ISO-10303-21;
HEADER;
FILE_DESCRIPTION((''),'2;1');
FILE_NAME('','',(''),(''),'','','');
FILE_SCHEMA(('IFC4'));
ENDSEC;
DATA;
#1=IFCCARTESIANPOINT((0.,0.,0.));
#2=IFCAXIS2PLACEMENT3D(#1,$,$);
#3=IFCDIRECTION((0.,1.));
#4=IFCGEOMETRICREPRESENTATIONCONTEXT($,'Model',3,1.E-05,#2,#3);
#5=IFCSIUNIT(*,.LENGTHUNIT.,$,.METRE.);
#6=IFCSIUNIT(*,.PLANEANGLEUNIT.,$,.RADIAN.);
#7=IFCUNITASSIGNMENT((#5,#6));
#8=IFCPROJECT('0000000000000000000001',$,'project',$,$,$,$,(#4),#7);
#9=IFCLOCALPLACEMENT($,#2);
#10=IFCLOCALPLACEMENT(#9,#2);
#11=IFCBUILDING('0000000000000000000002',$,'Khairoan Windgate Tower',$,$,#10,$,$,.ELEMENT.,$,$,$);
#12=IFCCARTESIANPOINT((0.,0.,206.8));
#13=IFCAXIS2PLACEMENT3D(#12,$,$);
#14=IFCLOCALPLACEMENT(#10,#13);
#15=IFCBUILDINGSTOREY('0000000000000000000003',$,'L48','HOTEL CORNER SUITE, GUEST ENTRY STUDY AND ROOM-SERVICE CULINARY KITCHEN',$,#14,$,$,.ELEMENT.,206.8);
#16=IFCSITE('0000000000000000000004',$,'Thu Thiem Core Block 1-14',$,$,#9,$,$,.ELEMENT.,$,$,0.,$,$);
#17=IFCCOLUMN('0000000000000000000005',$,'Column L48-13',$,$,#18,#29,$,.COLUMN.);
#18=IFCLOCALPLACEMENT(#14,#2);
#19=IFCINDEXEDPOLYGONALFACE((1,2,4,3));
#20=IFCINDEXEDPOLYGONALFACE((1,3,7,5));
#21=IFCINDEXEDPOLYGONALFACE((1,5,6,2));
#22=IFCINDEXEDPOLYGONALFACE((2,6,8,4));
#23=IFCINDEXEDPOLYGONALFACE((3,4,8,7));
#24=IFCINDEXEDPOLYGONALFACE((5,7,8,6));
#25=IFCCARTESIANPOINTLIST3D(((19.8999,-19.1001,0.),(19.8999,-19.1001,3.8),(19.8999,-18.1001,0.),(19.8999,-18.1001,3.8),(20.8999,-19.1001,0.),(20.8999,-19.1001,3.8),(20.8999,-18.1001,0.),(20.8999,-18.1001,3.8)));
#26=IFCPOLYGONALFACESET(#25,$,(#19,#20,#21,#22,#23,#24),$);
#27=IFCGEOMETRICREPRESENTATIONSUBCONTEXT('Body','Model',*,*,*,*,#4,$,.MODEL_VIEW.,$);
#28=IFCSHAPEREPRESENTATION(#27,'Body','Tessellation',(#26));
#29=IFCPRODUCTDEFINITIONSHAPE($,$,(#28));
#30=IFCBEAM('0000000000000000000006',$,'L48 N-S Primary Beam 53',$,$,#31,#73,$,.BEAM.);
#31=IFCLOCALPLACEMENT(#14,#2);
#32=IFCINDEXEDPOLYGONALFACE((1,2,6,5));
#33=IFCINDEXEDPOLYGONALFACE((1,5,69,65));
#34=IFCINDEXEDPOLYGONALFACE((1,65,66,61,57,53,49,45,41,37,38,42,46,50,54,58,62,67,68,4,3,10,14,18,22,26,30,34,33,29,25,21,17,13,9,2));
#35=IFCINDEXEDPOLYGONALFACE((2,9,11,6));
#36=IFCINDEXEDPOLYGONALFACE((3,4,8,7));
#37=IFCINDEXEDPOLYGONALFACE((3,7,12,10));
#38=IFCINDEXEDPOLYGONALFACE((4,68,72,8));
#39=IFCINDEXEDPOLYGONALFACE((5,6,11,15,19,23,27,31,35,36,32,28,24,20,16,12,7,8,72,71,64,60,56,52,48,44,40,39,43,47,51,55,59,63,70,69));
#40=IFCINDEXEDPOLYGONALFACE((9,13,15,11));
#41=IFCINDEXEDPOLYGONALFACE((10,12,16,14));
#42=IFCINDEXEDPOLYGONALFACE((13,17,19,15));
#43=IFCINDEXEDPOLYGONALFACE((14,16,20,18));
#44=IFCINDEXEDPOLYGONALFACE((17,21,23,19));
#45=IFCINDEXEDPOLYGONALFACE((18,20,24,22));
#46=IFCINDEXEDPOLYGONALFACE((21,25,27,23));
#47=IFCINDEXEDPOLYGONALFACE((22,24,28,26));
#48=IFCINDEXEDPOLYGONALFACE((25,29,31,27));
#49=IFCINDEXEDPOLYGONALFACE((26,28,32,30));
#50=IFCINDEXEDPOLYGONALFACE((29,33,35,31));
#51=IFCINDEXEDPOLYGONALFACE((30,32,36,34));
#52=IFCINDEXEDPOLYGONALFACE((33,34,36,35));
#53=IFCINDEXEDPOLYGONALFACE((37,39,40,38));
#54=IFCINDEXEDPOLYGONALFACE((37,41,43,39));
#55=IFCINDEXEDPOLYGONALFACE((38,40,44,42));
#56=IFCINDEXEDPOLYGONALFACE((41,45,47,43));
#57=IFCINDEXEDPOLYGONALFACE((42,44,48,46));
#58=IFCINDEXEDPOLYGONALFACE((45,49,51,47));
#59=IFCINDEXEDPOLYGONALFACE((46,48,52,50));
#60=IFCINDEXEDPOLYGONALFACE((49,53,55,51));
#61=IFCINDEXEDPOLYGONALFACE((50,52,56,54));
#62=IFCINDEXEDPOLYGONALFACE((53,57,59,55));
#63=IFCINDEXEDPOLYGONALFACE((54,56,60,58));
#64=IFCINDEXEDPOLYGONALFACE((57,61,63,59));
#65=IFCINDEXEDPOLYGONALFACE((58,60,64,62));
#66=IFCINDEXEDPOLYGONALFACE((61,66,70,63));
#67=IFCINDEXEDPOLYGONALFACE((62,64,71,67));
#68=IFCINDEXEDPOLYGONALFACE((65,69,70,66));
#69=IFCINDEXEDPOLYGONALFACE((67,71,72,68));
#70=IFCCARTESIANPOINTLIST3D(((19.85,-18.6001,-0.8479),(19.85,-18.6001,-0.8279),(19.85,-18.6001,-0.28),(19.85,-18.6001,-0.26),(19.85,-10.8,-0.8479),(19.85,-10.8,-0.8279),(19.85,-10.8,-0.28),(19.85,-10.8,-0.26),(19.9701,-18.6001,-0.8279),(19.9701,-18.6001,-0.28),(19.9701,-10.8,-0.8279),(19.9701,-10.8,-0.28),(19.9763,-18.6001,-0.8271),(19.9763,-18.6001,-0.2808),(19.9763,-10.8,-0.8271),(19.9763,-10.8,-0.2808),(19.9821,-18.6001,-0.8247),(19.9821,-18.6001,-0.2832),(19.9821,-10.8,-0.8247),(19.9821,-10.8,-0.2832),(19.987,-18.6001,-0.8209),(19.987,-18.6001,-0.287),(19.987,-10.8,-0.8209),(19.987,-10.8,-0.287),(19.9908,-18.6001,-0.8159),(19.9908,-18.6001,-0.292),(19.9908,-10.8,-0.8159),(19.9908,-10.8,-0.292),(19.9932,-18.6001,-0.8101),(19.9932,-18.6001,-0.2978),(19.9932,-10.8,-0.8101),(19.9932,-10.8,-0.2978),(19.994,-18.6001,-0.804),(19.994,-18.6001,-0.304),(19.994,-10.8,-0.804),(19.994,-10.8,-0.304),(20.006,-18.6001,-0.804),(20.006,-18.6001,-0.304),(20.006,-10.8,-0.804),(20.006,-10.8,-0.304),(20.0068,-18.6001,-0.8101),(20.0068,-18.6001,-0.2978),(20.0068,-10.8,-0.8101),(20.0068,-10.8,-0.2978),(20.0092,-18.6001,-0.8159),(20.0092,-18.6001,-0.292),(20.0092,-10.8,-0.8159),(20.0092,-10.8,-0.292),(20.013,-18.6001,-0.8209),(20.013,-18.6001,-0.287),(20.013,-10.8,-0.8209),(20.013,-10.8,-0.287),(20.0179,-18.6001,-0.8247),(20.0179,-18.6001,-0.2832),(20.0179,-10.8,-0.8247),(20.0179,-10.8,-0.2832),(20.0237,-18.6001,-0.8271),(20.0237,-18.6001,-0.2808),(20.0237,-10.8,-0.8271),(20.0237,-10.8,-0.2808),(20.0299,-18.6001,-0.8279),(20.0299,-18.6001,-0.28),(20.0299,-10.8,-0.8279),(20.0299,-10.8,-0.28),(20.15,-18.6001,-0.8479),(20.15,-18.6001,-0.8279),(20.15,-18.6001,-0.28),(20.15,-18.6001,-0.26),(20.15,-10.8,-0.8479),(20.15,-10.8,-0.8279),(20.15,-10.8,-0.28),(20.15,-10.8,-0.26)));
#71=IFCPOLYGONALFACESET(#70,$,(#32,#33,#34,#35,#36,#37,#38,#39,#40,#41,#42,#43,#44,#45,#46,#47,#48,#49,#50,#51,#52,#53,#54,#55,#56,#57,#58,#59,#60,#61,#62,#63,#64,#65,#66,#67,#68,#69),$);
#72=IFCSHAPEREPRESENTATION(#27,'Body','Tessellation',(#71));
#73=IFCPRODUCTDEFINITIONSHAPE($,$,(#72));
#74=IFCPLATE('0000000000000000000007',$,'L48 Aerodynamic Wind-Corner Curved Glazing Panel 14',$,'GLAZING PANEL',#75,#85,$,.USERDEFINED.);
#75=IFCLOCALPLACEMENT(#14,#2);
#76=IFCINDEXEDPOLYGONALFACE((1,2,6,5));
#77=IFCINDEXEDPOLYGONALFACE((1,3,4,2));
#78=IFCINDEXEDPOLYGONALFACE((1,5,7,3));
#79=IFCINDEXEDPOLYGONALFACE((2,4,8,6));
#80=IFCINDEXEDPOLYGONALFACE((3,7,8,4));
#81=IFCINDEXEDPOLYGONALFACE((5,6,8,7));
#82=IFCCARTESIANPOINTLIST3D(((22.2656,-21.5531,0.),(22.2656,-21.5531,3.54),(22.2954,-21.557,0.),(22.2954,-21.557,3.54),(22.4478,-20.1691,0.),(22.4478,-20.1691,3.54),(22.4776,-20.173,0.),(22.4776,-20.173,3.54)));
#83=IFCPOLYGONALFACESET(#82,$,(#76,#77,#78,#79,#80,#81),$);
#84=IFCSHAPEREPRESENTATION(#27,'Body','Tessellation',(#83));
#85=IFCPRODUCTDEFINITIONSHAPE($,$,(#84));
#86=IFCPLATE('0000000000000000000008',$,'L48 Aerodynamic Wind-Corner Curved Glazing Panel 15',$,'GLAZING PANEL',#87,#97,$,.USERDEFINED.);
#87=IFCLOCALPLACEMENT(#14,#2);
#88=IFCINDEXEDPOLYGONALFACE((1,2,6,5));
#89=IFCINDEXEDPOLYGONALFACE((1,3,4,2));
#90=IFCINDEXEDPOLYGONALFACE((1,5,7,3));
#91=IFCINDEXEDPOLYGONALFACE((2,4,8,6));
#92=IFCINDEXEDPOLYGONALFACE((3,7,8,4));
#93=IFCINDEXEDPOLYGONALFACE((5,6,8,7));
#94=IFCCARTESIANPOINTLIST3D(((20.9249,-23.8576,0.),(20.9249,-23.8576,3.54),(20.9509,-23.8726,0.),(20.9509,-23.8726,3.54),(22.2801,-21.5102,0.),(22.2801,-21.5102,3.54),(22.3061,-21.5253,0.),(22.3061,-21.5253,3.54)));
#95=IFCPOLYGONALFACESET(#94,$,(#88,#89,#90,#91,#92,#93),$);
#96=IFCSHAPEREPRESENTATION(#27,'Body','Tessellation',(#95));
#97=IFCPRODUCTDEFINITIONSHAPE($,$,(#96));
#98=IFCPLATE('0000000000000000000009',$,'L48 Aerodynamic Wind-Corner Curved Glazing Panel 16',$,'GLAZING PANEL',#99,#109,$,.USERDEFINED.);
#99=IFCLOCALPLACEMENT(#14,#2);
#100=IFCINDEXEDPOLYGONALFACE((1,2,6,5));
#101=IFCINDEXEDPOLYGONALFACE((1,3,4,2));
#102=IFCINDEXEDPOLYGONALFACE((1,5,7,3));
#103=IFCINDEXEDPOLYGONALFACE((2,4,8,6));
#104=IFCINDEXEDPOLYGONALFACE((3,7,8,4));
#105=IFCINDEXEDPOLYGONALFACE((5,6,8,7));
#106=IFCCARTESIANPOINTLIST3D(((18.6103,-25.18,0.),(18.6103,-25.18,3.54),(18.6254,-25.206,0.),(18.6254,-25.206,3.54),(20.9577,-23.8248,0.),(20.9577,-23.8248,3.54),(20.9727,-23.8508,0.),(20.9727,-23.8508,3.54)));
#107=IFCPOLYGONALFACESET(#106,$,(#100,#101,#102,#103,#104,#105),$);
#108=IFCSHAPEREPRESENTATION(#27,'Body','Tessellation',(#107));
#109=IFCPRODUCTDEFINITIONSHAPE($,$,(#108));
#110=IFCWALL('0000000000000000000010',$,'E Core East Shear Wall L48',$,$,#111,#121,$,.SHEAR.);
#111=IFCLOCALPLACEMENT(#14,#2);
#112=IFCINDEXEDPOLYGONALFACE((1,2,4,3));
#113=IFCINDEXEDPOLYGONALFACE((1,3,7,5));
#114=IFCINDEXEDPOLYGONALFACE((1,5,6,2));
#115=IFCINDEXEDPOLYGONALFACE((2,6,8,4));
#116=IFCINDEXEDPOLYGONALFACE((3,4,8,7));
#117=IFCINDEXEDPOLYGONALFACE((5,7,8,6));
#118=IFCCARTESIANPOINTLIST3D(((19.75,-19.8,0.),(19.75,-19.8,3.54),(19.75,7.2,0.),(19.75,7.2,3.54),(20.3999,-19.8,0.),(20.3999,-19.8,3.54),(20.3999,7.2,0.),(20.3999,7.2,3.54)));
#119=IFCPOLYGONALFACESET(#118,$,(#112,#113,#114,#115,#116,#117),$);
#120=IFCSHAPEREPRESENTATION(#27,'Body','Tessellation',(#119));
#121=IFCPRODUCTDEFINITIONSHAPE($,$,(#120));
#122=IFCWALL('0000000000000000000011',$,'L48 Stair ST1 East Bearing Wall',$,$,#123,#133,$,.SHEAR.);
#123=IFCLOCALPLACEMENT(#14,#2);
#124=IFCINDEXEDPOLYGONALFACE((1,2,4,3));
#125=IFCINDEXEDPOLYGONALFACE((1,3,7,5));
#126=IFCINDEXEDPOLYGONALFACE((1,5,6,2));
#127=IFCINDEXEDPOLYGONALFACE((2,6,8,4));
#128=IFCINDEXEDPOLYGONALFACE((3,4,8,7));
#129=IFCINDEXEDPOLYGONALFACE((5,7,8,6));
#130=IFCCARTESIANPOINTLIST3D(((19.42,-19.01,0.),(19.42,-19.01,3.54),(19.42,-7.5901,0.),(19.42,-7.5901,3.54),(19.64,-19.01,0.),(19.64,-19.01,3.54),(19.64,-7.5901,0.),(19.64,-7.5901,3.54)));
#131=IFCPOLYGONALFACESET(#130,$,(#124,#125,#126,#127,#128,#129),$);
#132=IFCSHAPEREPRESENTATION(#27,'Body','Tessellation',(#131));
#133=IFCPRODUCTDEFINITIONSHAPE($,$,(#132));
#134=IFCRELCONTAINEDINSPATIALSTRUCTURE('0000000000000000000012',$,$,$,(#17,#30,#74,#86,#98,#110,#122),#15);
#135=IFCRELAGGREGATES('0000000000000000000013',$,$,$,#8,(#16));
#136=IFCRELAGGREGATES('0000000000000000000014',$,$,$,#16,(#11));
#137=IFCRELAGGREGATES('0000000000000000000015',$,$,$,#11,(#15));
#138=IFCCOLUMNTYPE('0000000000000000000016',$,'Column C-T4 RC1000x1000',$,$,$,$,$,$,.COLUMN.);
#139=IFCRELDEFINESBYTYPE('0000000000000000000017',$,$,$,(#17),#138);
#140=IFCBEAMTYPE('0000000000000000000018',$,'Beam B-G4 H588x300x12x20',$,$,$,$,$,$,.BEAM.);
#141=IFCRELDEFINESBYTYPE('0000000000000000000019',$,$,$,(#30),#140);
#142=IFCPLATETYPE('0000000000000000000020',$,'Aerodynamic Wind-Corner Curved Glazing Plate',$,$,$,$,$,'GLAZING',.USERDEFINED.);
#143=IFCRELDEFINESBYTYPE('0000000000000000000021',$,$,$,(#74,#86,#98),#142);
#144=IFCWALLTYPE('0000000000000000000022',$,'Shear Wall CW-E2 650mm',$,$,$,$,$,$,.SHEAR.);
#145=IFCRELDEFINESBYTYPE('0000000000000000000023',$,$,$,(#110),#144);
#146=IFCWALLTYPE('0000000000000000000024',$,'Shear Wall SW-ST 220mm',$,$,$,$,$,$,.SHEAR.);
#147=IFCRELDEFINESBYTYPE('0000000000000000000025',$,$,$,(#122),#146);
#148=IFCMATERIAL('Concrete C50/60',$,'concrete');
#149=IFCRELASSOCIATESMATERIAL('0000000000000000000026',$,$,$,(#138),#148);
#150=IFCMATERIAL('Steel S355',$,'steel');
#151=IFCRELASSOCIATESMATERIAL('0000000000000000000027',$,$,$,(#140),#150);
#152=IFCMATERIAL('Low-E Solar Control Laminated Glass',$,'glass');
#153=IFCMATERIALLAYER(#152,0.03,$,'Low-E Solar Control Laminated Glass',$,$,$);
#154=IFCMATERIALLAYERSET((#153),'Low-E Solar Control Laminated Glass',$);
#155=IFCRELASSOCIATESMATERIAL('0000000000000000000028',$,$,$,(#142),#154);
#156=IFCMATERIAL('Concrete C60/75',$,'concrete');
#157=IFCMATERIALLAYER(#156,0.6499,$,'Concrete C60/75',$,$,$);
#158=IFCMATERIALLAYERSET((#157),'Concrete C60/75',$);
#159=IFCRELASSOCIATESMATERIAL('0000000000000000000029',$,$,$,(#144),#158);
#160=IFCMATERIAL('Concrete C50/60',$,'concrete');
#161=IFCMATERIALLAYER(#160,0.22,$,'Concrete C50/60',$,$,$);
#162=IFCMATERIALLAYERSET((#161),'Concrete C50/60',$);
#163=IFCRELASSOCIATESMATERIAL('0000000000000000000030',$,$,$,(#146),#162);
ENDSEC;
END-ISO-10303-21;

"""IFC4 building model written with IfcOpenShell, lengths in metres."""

from ifc_helpers import new_model, si_unit, direction, frame, frame_2d, origin, origin_2d, place, context, subcontext, project, spatial, rectangle, i_section, extrude, material, layer, layer_set, material_profile, profile_set, type_object, element, save


model = new_model("IFC4")

# Units and contexts
model_context = context("Model", 3, precision=1e-05, world=origin(), true_north=direction((0.0, 1.0)))
body_context = subcontext(model_context, "Body", "Model", "MODEL_VIEW")
ifc_project = project(units=[si_unit("LENGTHUNIT", "METRE"), si_unit("PLANEANGLEUNIT", "RADIAN")], contexts=[model_context])

# Site, building, storey
site_placement = place(None, origin())
site = spatial("IfcSite", under=ifc_project, at=site_placement, Name="Thu Thiem Core Block 1-14", CompositionType="ELEMENT", RefElevation=0.0)
building_placement = place(site_placement, origin())
building = spatial("IfcBuilding", under=site, at=building_placement, Name="Khairoan Windgate Tower", CompositionType="ELEMENT")
storey_placement = place(building_placement, frame((0.0, 0.0, 206.8)))
storey = spatial("IfcBuildingStorey", under=building, at=storey_placement, Name="L48", Description="HOTEL CORNER SUITE, GUEST ENTRY STUDY AND ROOM-SERVICE CULINARY KITCHEN", CompositionType="ELEMENT", Elevation=206.8)

# Column
ifc_material_1 = material(Name="Concrete C50/60", Category="concrete")
ifc_material_profile_1 = material_profile(ifc_material_1, rectangle(XDim=1.0, YDim=1.0, at=origin_2d()))
ifc_profile_set_1 = profile_set([ifc_material_profile_1], Name="Concrete C50/60")
column_type = type_object("IfcColumnType", Name="Column C-T4 RC1000x1000", PredefinedType="COLUMN", material=ifc_profile_set_1)
column_placement = place(storey_placement, frame((20.3999, -18.6001, 0.0), z_axis=(0.0, 0.0, 1.0), x_axis=(1.0, 0.0, 0.0)))
element("IfcColumn", 1, at=column_placement, inside=storey, type_object=column_type, Name="Column L48-13", PredefinedType="COLUMN", context=body_context, shape_type="SweptSolid", body=[
    extrude(rectangle(XDim=1.0, YDim=1.0, at=origin_2d()), origin(), (0.0, 0.0, 1.0), 3.8),
])

# Beam
ifc_material_2 = material(Name="Steel S355", Category="steel")
ifc_material_profile_2 = material_profile(ifc_material_2, i_section(OverallWidth=0.3, OverallDepth=0.5879, WebThickness=0.012, FlangeThickness=0.02, FilletRadius=0.0239, at=origin_2d()))
ifc_profile_set_2 = profile_set([ifc_material_profile_2], Name="Steel S355")
beam_type = type_object("IfcBeamType", Name="Beam B-G4 H588x300x12x20", PredefinedType="BEAM", material=ifc_profile_set_2)
beam_placement = place(storey_placement, frame((20.0, -18.6001, -0.554), z_axis=(0.0, 1.0, 0.0), x_axis=(-1.0, 0.0, 0.0)))
element("IfcBeam", 2, at=beam_placement, inside=storey, type_object=beam_type, Name="L48 N-S Primary Beam 53", PredefinedType="BEAM", context=body_context, shape_type="SweptSolid", body=[
    extrude(i_section(OverallWidth=0.3, OverallDepth=0.5879, WebThickness=0.012, FlangeThickness=0.02, FilletRadius=0.0239, at=origin_2d()), origin(), (0.0, 0.0, 1.0), 7.8),
])

# Plates
ifc_material_3 = material(Name="Low-E Solar Control Laminated Glass", Category="glass")
ifc_layer_1 = layer(ifc_material_3, 0.03, Name="Low-E Solar Control Laminated Glass")
ifc_layer_set_1 = layer_set([ifc_layer_1], Name="Low-E Solar Control Laminated Glass")
plate_type_1 = type_object("IfcPlateType", Name="Aerodynamic Wind-Corner Curved Glazing Plate", ElementType="GLAZING", PredefinedType="USERDEFINED", material=ifc_layer_set_1)
plate_1_placement = place(storey_placement, frame((22.3716, -20.863, 0.0), z_axis=(0.0, 0.0, 1.0), x_axis=(-0.130526, -0.991445, 0.0)))
element("IfcPlate", 3, at=plate_1_placement, inside=storey, type_object=plate_type_1, Name="L48 Aerodynamic Wind-Corner Curved Glazing Panel 14", ObjectType="GLAZING PANEL", PredefinedType="USERDEFINED", context=body_context, shape_type="SweptSolid", body=[
    extrude(rectangle(XDim=1.396, YDim=0.03, at=origin_2d()), origin(), (0.0, 0.0, 1.0), 3.54),
])
for number, where, z_axis, x_axis, name in (
    (4, (21.6155, -22.6914, 0.0), (0.0, 0.0, 1.0), (-0.5, -0.866025, 0.0), "L48 Aerodynamic Wind-Corner Curved Glazing Panel 15"),
    (5, (19.7915, -24.5154, 0.0), (0.0, 0.0, 1.0), (-0.866025, -0.5, 0.0), "L48 Aerodynamic Wind-Corner Curved Glazing Panel 16"),
):
    element("IfcPlate", number, at=place(storey_placement, frame(where, z_axis=z_axis, x_axis=x_axis)), inside=storey, type_object=plate_type_1, Name=name, ObjectType="GLAZING PANEL", PredefinedType="USERDEFINED", context=body_context, shape_type="SweptSolid", body=[
        extrude(rectangle(XDim=2.7104, YDim=0.03, at=origin_2d()), origin(), (0.0, 0.0, 1.0), 3.54),
    ])

# Walls
ifc_material_4 = material(Name="Concrete C60/75", Category="concrete")
ifc_layer_2 = layer(ifc_material_4, 0.6499, Name="Concrete C60/75")
ifc_layer_set_2 = layer_set([ifc_layer_2], Name="Concrete C60/75")
wall_type_1 = type_object("IfcWallType", Name="Shear Wall CW-E2 650mm", PredefinedType="SHEAR", material=ifc_layer_set_2)
wall_1_placement = place(storey_placement, frame((20.075, -19.8, 0.0), z_axis=(0.0, 0.0, 1.0), x_axis=(0.0, 1.0, 0.0)))
element("IfcWall", 6, at=wall_1_placement, inside=storey, type_object=wall_type_1, Name="E Core East Shear Wall L48", PredefinedType="SHEAR", context=body_context, shape_type="SweptSolid", body=[
    extrude(rectangle(XDim=27.0, YDim=0.6499, at=frame_2d((13.5, 0.0))), origin(), (0.0, 0.0, 1.0), 3.54),
])
ifc_material_5 = material(Name="Concrete C50/60", Category="concrete")
ifc_layer_3 = layer(ifc_material_5, 0.22, Name="Concrete C50/60")
ifc_layer_set_3 = layer_set([ifc_layer_3], Name="Concrete C50/60")
wall_type_2 = type_object("IfcWallType", Name="Shear Wall SW-ST 220mm", PredefinedType="SHEAR", material=ifc_layer_set_3)
wall_2_placement = place(storey_placement, frame((19.53, -19.01, 0.0), z_axis=(0.0, 0.0, 1.0), x_axis=(0.0, 1.0, 0.0)))
element("IfcWall", 7, at=wall_2_placement, inside=storey, type_object=wall_type_2, Name="L48 Stair ST1 East Bearing Wall", PredefinedType="SHEAR", context=body_context, shape_type="SweptSolid", body=[
    extrude(rectangle(XDim=11.4199, YDim=0.22, at=frame_2d((5.71, 0.0))), origin(), (0.0, 0.0, 1.0), 3.54),
])

save(model, "model.ifc")
